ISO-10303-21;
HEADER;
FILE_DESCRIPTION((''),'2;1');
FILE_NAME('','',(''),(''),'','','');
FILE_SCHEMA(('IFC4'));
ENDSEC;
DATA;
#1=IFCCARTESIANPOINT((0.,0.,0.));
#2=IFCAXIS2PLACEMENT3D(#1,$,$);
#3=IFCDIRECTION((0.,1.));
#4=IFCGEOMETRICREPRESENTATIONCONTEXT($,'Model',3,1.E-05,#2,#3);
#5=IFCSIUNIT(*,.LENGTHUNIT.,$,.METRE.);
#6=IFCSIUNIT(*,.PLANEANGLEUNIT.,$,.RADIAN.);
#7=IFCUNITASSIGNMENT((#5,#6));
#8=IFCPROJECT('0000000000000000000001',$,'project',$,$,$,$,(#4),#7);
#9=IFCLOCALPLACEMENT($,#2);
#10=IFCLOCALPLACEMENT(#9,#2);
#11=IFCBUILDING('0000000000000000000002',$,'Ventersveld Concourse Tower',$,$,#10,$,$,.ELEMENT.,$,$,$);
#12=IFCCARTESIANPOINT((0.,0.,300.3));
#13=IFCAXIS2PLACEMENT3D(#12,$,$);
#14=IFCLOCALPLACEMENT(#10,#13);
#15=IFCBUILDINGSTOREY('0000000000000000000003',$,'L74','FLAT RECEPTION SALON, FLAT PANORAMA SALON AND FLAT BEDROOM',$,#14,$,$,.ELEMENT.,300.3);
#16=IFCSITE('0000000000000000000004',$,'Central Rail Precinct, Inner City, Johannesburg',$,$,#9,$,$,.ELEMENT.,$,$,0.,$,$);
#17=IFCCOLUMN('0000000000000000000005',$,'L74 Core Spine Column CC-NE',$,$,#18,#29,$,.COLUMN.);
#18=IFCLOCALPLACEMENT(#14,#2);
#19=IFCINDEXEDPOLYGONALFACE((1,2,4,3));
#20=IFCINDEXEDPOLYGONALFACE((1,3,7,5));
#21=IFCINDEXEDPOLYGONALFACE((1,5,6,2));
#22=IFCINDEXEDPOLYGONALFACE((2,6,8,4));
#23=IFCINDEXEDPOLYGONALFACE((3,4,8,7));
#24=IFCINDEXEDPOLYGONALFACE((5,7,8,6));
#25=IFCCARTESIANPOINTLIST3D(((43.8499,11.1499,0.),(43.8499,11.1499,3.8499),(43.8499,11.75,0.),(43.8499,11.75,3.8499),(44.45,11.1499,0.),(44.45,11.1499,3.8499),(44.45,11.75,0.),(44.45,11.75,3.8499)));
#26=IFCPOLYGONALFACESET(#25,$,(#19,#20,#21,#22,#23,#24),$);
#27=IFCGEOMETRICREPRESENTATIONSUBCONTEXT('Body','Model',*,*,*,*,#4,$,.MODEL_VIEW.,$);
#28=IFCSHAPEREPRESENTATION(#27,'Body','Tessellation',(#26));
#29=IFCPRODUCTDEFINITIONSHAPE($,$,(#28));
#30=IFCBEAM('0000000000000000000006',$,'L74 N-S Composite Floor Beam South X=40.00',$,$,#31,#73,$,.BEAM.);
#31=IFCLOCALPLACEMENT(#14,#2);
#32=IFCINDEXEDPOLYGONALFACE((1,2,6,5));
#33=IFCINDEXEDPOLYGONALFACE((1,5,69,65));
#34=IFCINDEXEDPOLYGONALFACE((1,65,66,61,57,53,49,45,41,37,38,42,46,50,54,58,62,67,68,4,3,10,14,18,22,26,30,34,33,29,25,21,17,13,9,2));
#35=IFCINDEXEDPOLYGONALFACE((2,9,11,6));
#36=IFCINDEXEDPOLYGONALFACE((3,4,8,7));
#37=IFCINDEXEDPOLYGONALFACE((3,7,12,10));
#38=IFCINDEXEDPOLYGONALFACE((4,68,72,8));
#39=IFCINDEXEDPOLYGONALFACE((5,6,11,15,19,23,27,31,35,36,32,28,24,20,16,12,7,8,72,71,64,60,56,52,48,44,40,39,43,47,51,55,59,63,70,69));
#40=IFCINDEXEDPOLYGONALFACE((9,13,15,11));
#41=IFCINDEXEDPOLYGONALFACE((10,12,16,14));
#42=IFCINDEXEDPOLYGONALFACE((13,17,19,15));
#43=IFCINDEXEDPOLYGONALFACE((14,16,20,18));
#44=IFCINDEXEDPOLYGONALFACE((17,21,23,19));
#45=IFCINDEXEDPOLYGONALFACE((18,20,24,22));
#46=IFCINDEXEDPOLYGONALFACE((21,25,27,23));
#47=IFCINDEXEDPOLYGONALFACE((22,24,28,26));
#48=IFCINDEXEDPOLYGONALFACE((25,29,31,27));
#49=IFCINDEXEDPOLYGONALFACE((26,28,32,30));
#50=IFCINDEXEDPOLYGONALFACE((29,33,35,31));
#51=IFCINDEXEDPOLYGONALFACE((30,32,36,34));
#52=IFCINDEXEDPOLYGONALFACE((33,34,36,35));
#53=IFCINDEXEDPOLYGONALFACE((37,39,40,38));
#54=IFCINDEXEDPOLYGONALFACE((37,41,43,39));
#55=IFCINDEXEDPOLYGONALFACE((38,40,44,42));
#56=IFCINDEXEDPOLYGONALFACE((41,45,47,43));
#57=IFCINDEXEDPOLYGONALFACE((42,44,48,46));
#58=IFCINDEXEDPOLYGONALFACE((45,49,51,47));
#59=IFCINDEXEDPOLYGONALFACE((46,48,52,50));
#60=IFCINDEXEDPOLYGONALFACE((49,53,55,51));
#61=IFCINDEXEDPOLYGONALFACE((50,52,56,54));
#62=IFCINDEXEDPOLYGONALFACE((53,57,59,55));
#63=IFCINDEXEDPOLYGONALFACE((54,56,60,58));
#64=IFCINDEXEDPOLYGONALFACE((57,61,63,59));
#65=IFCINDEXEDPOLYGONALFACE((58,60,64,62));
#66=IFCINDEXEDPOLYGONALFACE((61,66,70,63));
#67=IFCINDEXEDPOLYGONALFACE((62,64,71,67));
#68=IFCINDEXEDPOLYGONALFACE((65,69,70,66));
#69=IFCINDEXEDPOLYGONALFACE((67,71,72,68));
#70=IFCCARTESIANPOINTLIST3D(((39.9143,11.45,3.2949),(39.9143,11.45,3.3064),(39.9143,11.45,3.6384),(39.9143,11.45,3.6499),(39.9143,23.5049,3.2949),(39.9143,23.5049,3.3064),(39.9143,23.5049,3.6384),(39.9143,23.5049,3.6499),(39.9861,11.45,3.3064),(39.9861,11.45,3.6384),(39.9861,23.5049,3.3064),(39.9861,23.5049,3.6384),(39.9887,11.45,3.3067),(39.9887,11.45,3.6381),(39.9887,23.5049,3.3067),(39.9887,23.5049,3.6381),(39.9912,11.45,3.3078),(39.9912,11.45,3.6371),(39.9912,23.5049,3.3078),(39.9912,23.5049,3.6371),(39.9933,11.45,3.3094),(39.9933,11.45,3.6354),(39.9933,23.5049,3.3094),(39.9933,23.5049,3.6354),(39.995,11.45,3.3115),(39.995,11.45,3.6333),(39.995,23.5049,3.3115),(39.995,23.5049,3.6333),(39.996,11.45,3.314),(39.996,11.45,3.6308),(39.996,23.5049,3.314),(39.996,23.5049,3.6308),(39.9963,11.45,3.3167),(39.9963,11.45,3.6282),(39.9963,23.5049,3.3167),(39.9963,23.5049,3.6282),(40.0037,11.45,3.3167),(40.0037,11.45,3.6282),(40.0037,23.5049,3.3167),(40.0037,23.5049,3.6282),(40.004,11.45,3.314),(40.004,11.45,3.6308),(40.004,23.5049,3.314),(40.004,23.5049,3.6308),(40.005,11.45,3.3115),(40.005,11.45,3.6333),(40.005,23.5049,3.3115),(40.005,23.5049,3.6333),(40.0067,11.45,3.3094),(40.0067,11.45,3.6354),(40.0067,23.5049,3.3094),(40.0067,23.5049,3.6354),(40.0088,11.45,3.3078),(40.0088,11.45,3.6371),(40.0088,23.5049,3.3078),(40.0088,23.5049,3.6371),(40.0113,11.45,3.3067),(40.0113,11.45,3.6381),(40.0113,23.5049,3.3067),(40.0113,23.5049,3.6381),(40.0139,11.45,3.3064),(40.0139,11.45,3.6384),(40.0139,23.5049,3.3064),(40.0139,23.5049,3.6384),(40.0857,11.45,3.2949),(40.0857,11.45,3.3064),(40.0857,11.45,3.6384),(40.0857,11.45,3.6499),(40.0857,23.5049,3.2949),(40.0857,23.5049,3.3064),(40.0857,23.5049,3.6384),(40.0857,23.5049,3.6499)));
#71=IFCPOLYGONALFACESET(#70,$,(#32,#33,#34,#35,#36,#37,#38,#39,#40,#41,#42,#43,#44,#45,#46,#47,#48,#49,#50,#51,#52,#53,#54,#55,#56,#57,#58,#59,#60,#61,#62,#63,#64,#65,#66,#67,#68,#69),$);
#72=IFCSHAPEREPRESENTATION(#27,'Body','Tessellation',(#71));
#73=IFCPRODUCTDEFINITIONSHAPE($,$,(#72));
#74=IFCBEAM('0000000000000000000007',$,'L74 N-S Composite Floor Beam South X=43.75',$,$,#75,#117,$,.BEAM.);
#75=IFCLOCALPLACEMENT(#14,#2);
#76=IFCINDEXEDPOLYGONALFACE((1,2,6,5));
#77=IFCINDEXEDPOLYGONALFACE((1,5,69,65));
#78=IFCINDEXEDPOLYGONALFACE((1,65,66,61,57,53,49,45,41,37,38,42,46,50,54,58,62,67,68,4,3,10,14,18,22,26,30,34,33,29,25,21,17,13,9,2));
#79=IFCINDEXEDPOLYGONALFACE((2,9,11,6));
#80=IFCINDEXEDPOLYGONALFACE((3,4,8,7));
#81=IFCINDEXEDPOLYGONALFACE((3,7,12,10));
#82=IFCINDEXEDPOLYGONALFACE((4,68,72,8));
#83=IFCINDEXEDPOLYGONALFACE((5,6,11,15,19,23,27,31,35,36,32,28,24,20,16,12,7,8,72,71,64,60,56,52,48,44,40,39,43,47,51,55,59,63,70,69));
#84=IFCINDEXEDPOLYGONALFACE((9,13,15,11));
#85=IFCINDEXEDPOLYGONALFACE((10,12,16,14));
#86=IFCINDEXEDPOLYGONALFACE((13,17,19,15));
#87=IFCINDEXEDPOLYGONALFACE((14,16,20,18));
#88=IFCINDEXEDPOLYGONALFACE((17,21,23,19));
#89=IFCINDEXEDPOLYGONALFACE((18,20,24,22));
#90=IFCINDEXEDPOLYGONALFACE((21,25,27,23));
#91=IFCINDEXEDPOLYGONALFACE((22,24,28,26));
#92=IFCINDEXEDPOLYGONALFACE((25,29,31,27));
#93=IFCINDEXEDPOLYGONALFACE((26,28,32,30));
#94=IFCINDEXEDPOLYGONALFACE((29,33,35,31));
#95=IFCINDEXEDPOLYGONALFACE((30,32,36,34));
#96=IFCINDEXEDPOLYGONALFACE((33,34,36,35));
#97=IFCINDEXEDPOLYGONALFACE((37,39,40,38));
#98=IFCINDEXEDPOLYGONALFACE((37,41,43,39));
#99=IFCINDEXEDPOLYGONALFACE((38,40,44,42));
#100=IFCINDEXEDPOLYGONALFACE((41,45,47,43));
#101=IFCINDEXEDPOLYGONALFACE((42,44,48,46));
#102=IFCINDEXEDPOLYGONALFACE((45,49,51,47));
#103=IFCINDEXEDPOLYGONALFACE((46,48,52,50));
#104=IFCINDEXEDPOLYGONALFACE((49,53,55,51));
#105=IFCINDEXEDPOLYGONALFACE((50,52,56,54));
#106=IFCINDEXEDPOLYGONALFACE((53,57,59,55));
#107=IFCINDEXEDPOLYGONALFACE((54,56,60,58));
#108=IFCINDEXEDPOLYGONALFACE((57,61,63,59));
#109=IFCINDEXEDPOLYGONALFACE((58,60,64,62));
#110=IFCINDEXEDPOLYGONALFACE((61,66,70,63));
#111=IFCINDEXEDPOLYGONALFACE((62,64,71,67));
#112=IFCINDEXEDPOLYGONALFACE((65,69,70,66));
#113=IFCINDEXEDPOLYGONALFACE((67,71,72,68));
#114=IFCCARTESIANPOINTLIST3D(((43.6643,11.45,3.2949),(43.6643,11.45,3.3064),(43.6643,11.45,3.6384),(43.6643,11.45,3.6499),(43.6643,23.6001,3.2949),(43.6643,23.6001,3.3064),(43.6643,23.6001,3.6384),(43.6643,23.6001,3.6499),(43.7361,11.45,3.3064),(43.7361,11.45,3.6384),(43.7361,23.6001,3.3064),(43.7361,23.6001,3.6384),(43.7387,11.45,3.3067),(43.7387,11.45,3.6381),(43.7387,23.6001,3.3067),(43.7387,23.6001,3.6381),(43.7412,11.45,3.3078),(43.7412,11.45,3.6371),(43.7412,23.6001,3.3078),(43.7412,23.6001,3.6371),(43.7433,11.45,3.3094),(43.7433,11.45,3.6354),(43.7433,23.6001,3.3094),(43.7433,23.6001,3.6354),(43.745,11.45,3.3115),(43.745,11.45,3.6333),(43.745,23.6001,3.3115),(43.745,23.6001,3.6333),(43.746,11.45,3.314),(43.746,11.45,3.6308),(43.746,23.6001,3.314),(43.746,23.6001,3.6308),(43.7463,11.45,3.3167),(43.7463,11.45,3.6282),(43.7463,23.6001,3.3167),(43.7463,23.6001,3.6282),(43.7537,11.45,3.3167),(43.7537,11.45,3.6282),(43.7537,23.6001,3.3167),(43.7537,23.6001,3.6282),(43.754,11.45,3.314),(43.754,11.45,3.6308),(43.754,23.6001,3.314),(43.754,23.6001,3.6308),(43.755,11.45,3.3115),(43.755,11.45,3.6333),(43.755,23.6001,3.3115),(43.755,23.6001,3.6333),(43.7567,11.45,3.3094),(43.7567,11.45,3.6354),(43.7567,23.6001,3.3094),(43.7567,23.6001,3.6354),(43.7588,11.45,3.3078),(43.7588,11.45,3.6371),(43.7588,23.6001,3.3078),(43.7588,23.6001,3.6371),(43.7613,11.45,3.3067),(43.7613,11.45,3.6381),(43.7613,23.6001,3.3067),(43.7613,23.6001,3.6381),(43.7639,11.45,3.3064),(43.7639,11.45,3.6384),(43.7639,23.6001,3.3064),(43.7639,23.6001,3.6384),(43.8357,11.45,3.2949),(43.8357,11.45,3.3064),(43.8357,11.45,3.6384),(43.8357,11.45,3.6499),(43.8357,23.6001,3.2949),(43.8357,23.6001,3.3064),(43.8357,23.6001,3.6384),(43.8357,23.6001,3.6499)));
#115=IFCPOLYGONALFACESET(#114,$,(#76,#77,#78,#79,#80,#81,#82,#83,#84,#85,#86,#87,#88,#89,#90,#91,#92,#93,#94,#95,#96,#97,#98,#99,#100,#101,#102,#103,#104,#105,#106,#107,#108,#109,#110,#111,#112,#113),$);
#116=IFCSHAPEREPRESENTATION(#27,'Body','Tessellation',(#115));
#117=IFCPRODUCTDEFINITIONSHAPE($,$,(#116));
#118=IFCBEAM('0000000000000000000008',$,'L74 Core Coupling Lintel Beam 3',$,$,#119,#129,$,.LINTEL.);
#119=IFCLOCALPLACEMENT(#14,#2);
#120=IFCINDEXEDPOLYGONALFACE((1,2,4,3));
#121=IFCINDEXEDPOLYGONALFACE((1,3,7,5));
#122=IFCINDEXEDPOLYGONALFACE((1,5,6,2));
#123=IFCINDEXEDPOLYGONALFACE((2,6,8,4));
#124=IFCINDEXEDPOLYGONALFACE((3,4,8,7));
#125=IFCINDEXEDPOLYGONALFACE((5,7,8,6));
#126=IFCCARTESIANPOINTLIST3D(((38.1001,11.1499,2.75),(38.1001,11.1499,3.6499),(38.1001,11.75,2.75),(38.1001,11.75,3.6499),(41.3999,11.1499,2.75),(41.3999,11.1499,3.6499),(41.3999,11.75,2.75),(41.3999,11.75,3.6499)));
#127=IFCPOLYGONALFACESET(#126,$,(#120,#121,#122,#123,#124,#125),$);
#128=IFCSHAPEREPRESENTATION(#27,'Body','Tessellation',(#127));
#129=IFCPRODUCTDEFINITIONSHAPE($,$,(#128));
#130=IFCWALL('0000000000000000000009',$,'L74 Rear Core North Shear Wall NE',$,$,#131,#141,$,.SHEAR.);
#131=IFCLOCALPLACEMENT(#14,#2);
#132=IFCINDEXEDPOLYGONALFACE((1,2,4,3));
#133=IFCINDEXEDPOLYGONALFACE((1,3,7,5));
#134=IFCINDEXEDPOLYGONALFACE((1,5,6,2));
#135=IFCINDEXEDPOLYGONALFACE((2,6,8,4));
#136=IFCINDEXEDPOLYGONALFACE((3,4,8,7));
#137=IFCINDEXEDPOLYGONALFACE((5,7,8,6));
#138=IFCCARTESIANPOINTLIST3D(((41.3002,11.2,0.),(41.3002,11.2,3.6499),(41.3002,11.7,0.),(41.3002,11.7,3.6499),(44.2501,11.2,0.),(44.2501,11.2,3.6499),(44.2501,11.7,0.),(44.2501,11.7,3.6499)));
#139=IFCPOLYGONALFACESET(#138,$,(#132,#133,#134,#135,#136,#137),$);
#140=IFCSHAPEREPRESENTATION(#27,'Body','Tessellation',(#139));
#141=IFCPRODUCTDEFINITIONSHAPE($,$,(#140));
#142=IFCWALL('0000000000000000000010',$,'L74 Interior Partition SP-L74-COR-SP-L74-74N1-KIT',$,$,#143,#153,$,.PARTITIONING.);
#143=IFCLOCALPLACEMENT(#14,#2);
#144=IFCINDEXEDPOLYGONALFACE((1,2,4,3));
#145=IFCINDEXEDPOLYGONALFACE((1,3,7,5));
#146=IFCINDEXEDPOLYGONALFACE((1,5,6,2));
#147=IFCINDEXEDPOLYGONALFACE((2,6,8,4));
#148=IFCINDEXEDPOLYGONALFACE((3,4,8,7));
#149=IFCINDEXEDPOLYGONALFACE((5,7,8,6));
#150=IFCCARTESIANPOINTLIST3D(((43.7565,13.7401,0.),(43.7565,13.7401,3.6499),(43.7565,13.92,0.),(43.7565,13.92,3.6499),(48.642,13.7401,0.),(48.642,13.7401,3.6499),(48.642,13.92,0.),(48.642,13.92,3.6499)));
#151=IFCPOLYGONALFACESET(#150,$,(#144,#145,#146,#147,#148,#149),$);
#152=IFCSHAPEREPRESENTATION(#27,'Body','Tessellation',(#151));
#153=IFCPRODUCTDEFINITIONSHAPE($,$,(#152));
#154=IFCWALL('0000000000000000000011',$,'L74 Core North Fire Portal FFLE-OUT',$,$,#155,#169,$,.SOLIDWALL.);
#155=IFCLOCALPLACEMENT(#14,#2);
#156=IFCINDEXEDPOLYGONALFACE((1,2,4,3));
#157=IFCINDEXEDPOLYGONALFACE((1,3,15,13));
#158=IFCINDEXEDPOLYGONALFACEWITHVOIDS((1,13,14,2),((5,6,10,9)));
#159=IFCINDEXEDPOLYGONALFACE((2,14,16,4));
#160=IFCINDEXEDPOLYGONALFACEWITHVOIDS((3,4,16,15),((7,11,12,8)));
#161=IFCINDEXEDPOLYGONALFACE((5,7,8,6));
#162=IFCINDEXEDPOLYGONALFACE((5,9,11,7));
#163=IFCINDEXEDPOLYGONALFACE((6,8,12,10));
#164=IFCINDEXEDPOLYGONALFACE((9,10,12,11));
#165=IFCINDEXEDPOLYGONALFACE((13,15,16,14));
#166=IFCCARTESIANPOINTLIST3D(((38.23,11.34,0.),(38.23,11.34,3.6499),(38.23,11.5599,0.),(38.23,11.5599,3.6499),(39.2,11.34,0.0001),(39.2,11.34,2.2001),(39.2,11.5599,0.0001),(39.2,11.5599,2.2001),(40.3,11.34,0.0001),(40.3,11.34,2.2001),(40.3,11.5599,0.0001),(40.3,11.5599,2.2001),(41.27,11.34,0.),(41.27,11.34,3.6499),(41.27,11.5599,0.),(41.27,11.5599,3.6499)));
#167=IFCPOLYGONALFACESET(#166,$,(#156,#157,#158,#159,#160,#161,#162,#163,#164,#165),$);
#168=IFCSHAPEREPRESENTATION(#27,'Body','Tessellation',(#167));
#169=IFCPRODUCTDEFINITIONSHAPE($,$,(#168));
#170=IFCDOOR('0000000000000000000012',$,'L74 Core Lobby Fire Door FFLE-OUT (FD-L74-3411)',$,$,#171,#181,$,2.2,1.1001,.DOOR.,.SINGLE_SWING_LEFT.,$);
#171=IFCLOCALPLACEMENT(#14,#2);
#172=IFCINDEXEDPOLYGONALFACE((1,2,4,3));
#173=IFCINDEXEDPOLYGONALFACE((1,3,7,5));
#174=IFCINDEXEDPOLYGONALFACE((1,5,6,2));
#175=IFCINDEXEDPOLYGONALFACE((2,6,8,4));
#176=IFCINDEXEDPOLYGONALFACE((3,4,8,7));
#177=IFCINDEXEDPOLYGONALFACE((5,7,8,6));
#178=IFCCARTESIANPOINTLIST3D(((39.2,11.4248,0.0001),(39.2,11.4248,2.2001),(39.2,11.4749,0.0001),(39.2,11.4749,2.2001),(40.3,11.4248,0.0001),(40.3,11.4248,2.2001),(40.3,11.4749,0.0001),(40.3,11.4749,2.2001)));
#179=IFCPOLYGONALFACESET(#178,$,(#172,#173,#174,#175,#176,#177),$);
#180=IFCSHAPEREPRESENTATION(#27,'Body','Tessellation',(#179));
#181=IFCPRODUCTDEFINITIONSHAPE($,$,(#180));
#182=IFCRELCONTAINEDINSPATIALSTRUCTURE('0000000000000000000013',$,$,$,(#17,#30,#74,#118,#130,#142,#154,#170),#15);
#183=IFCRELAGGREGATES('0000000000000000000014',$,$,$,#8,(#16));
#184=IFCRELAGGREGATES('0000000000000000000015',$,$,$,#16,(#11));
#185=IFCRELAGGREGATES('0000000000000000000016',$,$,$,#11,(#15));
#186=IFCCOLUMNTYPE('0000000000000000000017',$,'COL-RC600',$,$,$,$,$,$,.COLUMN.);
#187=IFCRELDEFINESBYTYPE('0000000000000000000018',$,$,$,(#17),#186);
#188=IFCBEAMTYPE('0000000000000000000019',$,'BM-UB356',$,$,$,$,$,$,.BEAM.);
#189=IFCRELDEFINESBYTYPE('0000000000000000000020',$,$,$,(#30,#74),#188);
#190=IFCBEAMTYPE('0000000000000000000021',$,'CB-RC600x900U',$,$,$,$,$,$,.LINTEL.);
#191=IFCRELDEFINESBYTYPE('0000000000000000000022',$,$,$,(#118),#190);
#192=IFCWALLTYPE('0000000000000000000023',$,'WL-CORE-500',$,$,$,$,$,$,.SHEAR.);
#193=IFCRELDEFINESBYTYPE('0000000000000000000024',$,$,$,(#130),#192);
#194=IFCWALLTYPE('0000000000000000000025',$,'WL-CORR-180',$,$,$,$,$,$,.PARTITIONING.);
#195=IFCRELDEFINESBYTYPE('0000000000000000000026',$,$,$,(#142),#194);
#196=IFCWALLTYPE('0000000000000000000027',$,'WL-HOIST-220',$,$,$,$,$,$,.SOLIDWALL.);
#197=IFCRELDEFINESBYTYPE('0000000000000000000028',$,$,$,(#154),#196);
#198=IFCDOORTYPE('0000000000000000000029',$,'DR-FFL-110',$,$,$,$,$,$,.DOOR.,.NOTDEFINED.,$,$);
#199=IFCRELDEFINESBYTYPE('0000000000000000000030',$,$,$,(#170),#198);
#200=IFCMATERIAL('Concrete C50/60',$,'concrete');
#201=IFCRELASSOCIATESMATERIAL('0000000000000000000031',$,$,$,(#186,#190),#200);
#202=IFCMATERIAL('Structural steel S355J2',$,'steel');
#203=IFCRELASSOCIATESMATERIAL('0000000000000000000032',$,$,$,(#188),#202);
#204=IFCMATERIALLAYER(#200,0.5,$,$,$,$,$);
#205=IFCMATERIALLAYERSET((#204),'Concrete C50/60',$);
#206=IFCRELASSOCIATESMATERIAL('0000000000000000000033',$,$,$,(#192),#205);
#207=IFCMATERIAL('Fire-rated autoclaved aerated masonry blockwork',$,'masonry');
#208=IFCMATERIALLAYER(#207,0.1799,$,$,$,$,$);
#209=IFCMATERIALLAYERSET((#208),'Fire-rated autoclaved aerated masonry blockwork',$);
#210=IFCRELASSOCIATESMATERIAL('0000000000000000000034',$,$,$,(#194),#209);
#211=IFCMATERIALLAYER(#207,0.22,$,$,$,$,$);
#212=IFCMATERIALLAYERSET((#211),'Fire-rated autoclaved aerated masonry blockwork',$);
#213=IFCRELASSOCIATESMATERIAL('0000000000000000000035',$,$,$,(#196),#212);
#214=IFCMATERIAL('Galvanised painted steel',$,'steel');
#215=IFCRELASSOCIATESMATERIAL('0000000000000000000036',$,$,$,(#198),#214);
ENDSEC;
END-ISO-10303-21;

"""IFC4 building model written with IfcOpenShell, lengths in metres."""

from ifc_helpers import new_model, si_unit, direction, frame, frame_2d, origin, origin_2d, place, context, subcontext, project, spatial, rectangle, i_section, extrude, material, layer, layer_set, material_profile, profile_set, type_object, element, fill, save


model = new_model("IFC4")

# Units and contexts
model_context = context("Model", 3, precision=1e-05, world=origin(), true_north=direction((0.0, 1.0)))
body_context = subcontext(model_context, "Body", "Model", "MODEL_VIEW")
ifc_project = project(units=[si_unit("LENGTHUNIT", "METRE"), si_unit("PLANEANGLEUNIT", "RADIAN")], contexts=[model_context])

# Site, building, storey
site_placement = place(None, origin())
site = spatial("IfcSite", under=ifc_project, at=site_placement, Name="Central Rail Precinct, Inner City, Johannesburg", CompositionType="ELEMENT", RefElevation=0.0)
building_placement = place(site_placement, origin())
building = spatial("IfcBuilding", under=site, at=building_placement, Name="Ventersveld Concourse Tower", CompositionType="ELEMENT")
storey_placement = place(building_placement, frame((0.0, 0.0, 300.3)))
storey = spatial("IfcBuildingStorey", under=building, at=storey_placement, Name="L74", Description="FLAT RECEPTION SALON, FLAT PANORAMA SALON AND FLAT BEDROOM", CompositionType="ELEMENT", Elevation=300.3)

# Column
ifc_material_1 = material(Name="Concrete C50/60", Category="concrete")
ifc_material_profile_1 = material_profile(ifc_material_1, rectangle(XDim=0.6001, YDim=0.6001, at=origin_2d()), Name="RC 600x600")
ifc_profile_set_1 = profile_set([ifc_material_profile_1], Name="Concrete C50/60")
column_type = type_object("IfcColumnType", Name="COL-RC600", PredefinedType="COLUMN", material=ifc_profile_set_1)
column_placement = place(storey_placement, frame((44.1499, 11.45, 0.0), z_axis=(0.0, 0.0, 1.0), x_axis=(1.0, 0.0, 0.0)))
element("IfcColumn", 1, at=column_placement, inside=storey, type_object=column_type, Name="L74 Core Spine Column CC-NE", PredefinedType="COLUMN", context=body_context, shape_type="SweptSolid", body=[
    extrude(rectangle(XDim=0.6001, YDim=0.6001, at=origin_2d()), origin(), (0.0, 0.0, 1.0), 3.8499),
])

# Beams
ifc_material_2 = material(Name="Structural steel S355J2", Category="steel")
ifc_material_profile_2 = material_profile(ifc_material_2, i_section(OverallWidth=0.1714, OverallDepth=0.355, WebThickness=0.0073, FlangeThickness=0.0115, FilletRadius=0.0103, at=origin_2d()), Name="UB 356x171x51")
ifc_profile_set_2 = profile_set([ifc_material_profile_2], Name="Structural steel S355J2")
beam_type_1 = type_object("IfcBeamType", Name="BM-UB356", PredefinedType="BEAM", material=ifc_profile_set_2)
beam_1_placement = place(storey_placement, frame((40.0, 11.45, 3.4724), z_axis=(0.0, 1.0, 0.0), x_axis=(-1.0, 0.0, 0.0)))
element("IfcBeam", 2, at=beam_1_placement, inside=storey, type_object=beam_type_1, Name="L74 N-S Composite Floor Beam South X=40.00", PredefinedType="BEAM", context=body_context, shape_type="SweptSolid", body=[
    extrude(i_section(OverallWidth=0.1714, OverallDepth=0.355, WebThickness=0.0073, FlangeThickness=0.0115, FilletRadius=0.0103, at=origin_2d()), origin(), (0.0, 0.0, 1.0), 12.0549),
])
beam_2_placement = place(storey_placement, frame((43.75, 11.45, 3.4724), z_axis=(0.0, 1.0, 0.0), x_axis=(-1.0, 0.0, 0.0)))
element("IfcBeam", 3, at=beam_2_placement, inside=storey, type_object=beam_type_1, Name="L74 N-S Composite Floor Beam South X=43.75", PredefinedType="BEAM", context=body_context, shape_type="SweptSolid", body=[
    extrude(i_section(OverallWidth=0.1714, OverallDepth=0.355, WebThickness=0.0073, FlangeThickness=0.0115, FilletRadius=0.0103, at=origin_2d()), origin(), (0.0, 0.0, 1.0), 12.1501),
])
ifc_material_profile_3 = material_profile(ifc_material_1, rectangle(XDim=0.6001, YDim=0.8999, at=origin_2d()), Name="RC 600x900")
ifc_profile_set_3 = profile_set([ifc_material_profile_3], Name="Concrete C50/60")
beam_type_2 = type_object("IfcBeamType", Name="CB-RC600x900U", PredefinedType="LINTEL", material=ifc_profile_set_3)
beam_3_placement = place(storey_placement, frame((38.1001, 11.45, 3.2), z_axis=(1.0, 0.0, 0.0), x_axis=(0.0, 1.0, 0.0)))
element("IfcBeam", 4, at=beam_3_placement, inside=storey, type_object=beam_type_2, Name="L74 Core Coupling Lintel Beam 3", PredefinedType="LINTEL", context=body_context, shape_type="SweptSolid", body=[
    extrude(rectangle(XDim=0.6001, YDim=0.8999, at=origin_2d()), origin(), (0.0, 0.0, 1.0), 3.2998),
])

# Wall
ifc_layer_1 = layer(ifc_material_1, 0.5)
ifc_layer_set_1 = layer_set([ifc_layer_1], Name="Concrete C50/60")
wall_type_1 = type_object("IfcWallType", Name="WL-CORE-500", PredefinedType="SHEAR", material=ifc_layer_set_1)
wall_1_placement = place(storey_placement, frame((41.3, 11.45, 0.0), z_axis=(0.0, 0.0, 1.0), x_axis=(1.0, 0.0, 0.0)))
element("IfcWall", 5, at=wall_1_placement, inside=storey, type_object=wall_type_1, Name="L74 Rear Core North Shear Wall NE", PredefinedType="SHEAR", context=body_context, shape_type="SweptSolid", body=[
    extrude(rectangle(XDim=2.95, YDim=0.5, at=frame_2d((1.4751, 0.0))), origin(), (0.0, 0.0, 1.0), 3.6499),
])

# Shared definitions
ifc_material_3 = material(Name="Fire-rated autoclaved aerated masonry blockwork", Category="masonry")
ifc_layer_2 = layer(ifc_material_3, 0.1799)
ifc_layer_set_2 = layer_set([ifc_layer_2], Name="Fire-rated autoclaved aerated masonry blockwork")
wall_type_2 = type_object("IfcWallType", Name="WL-CORR-180", PredefinedType="PARTITIONING", material=ifc_layer_set_2)

# Wall
wall_2_placement = place(storey_placement, frame((43.7563, 13.8301, 0.0), z_axis=(0.0, 0.0, 1.0), x_axis=(1.0, 0.0, 0.0)))
element("IfcWall", 6, at=wall_2_placement, inside=storey, type_object=wall_type_2, Name="L74 Interior Partition SP-L74-COR-SP-L74-74N1-KIT", PredefinedType="PARTITIONING", context=body_context, shape_type="SweptSolid", body=[
    extrude(rectangle(XDim=4.8855, YDim=0.1799, at=frame_2d((2.4429, 0.0))), origin(), (0.0, 0.0, 1.0), 3.6499),
])

# Wall, opening, door
ifc_layer_3 = layer(ifc_material_3, 0.22)
ifc_layer_set_3 = layer_set([ifc_layer_3], Name="Fire-rated autoclaved aerated masonry blockwork")
wall_type_3 = type_object("IfcWallType", Name="WL-HOIST-220", PredefinedType="SOLIDWALL", material=ifc_layer_set_3)
wall_3_placement = place(storey_placement, frame((38.23, 11.45, 0.0), z_axis=(0.0, 0.0, 1.0), x_axis=(1.0, 0.0, 0.0)))
wall_3 = element("IfcWall", 7, at=wall_3_placement, inside=storey, type_object=wall_type_3, Name="L74 Core North Fire Portal FFLE-OUT", PredefinedType="SOLIDWALL", context=body_context, shape_type="SweptSolid", body=[
    extrude(rectangle(XDim=3.04, YDim=0.22, at=frame_2d((1.52, 0.0))), origin(), (0.0, 0.0, 1.0), 3.6499),
])
opening_1_placement = place(wall_3_placement, frame((0.97, 0.0, 0.0)))
opening_1 = element("IfcOpeningElement", 8, at=opening_1_placement, cuts=wall_3, PredefinedType="OPENING", context=body_context, shape_type="SweptSolid", body=[
    extrude(rectangle(XDim=1.1001, YDim=2.2, at=frame_2d((0.55, 1.1001))), frame((0.0, 0.1201, 0.0), z_axis=(0.0, -1.0, 0.0), x_axis=(1.0, 0.0, 0.0)), (0.0, 0.0, 1.0), 0.24),
])
ifc_material_4 = material(Name="Galvanised painted steel", Category="steel")
door_type_1 = type_object("IfcDoorType", Name="DR-FFL-110", OperationType="NOTDEFINED", PredefinedType="DOOR", material=ifc_material_4)
door_1_placement = place(opening_1_placement, origin())
door_1 = element("IfcDoor", 9, at=door_1_placement, inside=storey, type_object=door_type_1, Name="L74 Core Lobby Fire Door FFLE-OUT (FD-L74-3411)", OperationType="SINGLE_SWING_LEFT", OverallHeight=2.2, OverallWidth=1.1001, PredefinedType="DOOR", context=body_context, shape_type="SweptSolid", body=[
    extrude(rectangle(XDim=1.1001, YDim=2.2, at=frame_2d((0.55, 1.1001))), frame((0.0, 0.0249, 0.0), z_axis=(0.0, -1.0, 0.0), x_axis=(1.0, 0.0, 0.0)), (0.0, 0.0, 1.0), 0.05),
])
fill(opening_1, door_1)

save(model, "model.ifc")
